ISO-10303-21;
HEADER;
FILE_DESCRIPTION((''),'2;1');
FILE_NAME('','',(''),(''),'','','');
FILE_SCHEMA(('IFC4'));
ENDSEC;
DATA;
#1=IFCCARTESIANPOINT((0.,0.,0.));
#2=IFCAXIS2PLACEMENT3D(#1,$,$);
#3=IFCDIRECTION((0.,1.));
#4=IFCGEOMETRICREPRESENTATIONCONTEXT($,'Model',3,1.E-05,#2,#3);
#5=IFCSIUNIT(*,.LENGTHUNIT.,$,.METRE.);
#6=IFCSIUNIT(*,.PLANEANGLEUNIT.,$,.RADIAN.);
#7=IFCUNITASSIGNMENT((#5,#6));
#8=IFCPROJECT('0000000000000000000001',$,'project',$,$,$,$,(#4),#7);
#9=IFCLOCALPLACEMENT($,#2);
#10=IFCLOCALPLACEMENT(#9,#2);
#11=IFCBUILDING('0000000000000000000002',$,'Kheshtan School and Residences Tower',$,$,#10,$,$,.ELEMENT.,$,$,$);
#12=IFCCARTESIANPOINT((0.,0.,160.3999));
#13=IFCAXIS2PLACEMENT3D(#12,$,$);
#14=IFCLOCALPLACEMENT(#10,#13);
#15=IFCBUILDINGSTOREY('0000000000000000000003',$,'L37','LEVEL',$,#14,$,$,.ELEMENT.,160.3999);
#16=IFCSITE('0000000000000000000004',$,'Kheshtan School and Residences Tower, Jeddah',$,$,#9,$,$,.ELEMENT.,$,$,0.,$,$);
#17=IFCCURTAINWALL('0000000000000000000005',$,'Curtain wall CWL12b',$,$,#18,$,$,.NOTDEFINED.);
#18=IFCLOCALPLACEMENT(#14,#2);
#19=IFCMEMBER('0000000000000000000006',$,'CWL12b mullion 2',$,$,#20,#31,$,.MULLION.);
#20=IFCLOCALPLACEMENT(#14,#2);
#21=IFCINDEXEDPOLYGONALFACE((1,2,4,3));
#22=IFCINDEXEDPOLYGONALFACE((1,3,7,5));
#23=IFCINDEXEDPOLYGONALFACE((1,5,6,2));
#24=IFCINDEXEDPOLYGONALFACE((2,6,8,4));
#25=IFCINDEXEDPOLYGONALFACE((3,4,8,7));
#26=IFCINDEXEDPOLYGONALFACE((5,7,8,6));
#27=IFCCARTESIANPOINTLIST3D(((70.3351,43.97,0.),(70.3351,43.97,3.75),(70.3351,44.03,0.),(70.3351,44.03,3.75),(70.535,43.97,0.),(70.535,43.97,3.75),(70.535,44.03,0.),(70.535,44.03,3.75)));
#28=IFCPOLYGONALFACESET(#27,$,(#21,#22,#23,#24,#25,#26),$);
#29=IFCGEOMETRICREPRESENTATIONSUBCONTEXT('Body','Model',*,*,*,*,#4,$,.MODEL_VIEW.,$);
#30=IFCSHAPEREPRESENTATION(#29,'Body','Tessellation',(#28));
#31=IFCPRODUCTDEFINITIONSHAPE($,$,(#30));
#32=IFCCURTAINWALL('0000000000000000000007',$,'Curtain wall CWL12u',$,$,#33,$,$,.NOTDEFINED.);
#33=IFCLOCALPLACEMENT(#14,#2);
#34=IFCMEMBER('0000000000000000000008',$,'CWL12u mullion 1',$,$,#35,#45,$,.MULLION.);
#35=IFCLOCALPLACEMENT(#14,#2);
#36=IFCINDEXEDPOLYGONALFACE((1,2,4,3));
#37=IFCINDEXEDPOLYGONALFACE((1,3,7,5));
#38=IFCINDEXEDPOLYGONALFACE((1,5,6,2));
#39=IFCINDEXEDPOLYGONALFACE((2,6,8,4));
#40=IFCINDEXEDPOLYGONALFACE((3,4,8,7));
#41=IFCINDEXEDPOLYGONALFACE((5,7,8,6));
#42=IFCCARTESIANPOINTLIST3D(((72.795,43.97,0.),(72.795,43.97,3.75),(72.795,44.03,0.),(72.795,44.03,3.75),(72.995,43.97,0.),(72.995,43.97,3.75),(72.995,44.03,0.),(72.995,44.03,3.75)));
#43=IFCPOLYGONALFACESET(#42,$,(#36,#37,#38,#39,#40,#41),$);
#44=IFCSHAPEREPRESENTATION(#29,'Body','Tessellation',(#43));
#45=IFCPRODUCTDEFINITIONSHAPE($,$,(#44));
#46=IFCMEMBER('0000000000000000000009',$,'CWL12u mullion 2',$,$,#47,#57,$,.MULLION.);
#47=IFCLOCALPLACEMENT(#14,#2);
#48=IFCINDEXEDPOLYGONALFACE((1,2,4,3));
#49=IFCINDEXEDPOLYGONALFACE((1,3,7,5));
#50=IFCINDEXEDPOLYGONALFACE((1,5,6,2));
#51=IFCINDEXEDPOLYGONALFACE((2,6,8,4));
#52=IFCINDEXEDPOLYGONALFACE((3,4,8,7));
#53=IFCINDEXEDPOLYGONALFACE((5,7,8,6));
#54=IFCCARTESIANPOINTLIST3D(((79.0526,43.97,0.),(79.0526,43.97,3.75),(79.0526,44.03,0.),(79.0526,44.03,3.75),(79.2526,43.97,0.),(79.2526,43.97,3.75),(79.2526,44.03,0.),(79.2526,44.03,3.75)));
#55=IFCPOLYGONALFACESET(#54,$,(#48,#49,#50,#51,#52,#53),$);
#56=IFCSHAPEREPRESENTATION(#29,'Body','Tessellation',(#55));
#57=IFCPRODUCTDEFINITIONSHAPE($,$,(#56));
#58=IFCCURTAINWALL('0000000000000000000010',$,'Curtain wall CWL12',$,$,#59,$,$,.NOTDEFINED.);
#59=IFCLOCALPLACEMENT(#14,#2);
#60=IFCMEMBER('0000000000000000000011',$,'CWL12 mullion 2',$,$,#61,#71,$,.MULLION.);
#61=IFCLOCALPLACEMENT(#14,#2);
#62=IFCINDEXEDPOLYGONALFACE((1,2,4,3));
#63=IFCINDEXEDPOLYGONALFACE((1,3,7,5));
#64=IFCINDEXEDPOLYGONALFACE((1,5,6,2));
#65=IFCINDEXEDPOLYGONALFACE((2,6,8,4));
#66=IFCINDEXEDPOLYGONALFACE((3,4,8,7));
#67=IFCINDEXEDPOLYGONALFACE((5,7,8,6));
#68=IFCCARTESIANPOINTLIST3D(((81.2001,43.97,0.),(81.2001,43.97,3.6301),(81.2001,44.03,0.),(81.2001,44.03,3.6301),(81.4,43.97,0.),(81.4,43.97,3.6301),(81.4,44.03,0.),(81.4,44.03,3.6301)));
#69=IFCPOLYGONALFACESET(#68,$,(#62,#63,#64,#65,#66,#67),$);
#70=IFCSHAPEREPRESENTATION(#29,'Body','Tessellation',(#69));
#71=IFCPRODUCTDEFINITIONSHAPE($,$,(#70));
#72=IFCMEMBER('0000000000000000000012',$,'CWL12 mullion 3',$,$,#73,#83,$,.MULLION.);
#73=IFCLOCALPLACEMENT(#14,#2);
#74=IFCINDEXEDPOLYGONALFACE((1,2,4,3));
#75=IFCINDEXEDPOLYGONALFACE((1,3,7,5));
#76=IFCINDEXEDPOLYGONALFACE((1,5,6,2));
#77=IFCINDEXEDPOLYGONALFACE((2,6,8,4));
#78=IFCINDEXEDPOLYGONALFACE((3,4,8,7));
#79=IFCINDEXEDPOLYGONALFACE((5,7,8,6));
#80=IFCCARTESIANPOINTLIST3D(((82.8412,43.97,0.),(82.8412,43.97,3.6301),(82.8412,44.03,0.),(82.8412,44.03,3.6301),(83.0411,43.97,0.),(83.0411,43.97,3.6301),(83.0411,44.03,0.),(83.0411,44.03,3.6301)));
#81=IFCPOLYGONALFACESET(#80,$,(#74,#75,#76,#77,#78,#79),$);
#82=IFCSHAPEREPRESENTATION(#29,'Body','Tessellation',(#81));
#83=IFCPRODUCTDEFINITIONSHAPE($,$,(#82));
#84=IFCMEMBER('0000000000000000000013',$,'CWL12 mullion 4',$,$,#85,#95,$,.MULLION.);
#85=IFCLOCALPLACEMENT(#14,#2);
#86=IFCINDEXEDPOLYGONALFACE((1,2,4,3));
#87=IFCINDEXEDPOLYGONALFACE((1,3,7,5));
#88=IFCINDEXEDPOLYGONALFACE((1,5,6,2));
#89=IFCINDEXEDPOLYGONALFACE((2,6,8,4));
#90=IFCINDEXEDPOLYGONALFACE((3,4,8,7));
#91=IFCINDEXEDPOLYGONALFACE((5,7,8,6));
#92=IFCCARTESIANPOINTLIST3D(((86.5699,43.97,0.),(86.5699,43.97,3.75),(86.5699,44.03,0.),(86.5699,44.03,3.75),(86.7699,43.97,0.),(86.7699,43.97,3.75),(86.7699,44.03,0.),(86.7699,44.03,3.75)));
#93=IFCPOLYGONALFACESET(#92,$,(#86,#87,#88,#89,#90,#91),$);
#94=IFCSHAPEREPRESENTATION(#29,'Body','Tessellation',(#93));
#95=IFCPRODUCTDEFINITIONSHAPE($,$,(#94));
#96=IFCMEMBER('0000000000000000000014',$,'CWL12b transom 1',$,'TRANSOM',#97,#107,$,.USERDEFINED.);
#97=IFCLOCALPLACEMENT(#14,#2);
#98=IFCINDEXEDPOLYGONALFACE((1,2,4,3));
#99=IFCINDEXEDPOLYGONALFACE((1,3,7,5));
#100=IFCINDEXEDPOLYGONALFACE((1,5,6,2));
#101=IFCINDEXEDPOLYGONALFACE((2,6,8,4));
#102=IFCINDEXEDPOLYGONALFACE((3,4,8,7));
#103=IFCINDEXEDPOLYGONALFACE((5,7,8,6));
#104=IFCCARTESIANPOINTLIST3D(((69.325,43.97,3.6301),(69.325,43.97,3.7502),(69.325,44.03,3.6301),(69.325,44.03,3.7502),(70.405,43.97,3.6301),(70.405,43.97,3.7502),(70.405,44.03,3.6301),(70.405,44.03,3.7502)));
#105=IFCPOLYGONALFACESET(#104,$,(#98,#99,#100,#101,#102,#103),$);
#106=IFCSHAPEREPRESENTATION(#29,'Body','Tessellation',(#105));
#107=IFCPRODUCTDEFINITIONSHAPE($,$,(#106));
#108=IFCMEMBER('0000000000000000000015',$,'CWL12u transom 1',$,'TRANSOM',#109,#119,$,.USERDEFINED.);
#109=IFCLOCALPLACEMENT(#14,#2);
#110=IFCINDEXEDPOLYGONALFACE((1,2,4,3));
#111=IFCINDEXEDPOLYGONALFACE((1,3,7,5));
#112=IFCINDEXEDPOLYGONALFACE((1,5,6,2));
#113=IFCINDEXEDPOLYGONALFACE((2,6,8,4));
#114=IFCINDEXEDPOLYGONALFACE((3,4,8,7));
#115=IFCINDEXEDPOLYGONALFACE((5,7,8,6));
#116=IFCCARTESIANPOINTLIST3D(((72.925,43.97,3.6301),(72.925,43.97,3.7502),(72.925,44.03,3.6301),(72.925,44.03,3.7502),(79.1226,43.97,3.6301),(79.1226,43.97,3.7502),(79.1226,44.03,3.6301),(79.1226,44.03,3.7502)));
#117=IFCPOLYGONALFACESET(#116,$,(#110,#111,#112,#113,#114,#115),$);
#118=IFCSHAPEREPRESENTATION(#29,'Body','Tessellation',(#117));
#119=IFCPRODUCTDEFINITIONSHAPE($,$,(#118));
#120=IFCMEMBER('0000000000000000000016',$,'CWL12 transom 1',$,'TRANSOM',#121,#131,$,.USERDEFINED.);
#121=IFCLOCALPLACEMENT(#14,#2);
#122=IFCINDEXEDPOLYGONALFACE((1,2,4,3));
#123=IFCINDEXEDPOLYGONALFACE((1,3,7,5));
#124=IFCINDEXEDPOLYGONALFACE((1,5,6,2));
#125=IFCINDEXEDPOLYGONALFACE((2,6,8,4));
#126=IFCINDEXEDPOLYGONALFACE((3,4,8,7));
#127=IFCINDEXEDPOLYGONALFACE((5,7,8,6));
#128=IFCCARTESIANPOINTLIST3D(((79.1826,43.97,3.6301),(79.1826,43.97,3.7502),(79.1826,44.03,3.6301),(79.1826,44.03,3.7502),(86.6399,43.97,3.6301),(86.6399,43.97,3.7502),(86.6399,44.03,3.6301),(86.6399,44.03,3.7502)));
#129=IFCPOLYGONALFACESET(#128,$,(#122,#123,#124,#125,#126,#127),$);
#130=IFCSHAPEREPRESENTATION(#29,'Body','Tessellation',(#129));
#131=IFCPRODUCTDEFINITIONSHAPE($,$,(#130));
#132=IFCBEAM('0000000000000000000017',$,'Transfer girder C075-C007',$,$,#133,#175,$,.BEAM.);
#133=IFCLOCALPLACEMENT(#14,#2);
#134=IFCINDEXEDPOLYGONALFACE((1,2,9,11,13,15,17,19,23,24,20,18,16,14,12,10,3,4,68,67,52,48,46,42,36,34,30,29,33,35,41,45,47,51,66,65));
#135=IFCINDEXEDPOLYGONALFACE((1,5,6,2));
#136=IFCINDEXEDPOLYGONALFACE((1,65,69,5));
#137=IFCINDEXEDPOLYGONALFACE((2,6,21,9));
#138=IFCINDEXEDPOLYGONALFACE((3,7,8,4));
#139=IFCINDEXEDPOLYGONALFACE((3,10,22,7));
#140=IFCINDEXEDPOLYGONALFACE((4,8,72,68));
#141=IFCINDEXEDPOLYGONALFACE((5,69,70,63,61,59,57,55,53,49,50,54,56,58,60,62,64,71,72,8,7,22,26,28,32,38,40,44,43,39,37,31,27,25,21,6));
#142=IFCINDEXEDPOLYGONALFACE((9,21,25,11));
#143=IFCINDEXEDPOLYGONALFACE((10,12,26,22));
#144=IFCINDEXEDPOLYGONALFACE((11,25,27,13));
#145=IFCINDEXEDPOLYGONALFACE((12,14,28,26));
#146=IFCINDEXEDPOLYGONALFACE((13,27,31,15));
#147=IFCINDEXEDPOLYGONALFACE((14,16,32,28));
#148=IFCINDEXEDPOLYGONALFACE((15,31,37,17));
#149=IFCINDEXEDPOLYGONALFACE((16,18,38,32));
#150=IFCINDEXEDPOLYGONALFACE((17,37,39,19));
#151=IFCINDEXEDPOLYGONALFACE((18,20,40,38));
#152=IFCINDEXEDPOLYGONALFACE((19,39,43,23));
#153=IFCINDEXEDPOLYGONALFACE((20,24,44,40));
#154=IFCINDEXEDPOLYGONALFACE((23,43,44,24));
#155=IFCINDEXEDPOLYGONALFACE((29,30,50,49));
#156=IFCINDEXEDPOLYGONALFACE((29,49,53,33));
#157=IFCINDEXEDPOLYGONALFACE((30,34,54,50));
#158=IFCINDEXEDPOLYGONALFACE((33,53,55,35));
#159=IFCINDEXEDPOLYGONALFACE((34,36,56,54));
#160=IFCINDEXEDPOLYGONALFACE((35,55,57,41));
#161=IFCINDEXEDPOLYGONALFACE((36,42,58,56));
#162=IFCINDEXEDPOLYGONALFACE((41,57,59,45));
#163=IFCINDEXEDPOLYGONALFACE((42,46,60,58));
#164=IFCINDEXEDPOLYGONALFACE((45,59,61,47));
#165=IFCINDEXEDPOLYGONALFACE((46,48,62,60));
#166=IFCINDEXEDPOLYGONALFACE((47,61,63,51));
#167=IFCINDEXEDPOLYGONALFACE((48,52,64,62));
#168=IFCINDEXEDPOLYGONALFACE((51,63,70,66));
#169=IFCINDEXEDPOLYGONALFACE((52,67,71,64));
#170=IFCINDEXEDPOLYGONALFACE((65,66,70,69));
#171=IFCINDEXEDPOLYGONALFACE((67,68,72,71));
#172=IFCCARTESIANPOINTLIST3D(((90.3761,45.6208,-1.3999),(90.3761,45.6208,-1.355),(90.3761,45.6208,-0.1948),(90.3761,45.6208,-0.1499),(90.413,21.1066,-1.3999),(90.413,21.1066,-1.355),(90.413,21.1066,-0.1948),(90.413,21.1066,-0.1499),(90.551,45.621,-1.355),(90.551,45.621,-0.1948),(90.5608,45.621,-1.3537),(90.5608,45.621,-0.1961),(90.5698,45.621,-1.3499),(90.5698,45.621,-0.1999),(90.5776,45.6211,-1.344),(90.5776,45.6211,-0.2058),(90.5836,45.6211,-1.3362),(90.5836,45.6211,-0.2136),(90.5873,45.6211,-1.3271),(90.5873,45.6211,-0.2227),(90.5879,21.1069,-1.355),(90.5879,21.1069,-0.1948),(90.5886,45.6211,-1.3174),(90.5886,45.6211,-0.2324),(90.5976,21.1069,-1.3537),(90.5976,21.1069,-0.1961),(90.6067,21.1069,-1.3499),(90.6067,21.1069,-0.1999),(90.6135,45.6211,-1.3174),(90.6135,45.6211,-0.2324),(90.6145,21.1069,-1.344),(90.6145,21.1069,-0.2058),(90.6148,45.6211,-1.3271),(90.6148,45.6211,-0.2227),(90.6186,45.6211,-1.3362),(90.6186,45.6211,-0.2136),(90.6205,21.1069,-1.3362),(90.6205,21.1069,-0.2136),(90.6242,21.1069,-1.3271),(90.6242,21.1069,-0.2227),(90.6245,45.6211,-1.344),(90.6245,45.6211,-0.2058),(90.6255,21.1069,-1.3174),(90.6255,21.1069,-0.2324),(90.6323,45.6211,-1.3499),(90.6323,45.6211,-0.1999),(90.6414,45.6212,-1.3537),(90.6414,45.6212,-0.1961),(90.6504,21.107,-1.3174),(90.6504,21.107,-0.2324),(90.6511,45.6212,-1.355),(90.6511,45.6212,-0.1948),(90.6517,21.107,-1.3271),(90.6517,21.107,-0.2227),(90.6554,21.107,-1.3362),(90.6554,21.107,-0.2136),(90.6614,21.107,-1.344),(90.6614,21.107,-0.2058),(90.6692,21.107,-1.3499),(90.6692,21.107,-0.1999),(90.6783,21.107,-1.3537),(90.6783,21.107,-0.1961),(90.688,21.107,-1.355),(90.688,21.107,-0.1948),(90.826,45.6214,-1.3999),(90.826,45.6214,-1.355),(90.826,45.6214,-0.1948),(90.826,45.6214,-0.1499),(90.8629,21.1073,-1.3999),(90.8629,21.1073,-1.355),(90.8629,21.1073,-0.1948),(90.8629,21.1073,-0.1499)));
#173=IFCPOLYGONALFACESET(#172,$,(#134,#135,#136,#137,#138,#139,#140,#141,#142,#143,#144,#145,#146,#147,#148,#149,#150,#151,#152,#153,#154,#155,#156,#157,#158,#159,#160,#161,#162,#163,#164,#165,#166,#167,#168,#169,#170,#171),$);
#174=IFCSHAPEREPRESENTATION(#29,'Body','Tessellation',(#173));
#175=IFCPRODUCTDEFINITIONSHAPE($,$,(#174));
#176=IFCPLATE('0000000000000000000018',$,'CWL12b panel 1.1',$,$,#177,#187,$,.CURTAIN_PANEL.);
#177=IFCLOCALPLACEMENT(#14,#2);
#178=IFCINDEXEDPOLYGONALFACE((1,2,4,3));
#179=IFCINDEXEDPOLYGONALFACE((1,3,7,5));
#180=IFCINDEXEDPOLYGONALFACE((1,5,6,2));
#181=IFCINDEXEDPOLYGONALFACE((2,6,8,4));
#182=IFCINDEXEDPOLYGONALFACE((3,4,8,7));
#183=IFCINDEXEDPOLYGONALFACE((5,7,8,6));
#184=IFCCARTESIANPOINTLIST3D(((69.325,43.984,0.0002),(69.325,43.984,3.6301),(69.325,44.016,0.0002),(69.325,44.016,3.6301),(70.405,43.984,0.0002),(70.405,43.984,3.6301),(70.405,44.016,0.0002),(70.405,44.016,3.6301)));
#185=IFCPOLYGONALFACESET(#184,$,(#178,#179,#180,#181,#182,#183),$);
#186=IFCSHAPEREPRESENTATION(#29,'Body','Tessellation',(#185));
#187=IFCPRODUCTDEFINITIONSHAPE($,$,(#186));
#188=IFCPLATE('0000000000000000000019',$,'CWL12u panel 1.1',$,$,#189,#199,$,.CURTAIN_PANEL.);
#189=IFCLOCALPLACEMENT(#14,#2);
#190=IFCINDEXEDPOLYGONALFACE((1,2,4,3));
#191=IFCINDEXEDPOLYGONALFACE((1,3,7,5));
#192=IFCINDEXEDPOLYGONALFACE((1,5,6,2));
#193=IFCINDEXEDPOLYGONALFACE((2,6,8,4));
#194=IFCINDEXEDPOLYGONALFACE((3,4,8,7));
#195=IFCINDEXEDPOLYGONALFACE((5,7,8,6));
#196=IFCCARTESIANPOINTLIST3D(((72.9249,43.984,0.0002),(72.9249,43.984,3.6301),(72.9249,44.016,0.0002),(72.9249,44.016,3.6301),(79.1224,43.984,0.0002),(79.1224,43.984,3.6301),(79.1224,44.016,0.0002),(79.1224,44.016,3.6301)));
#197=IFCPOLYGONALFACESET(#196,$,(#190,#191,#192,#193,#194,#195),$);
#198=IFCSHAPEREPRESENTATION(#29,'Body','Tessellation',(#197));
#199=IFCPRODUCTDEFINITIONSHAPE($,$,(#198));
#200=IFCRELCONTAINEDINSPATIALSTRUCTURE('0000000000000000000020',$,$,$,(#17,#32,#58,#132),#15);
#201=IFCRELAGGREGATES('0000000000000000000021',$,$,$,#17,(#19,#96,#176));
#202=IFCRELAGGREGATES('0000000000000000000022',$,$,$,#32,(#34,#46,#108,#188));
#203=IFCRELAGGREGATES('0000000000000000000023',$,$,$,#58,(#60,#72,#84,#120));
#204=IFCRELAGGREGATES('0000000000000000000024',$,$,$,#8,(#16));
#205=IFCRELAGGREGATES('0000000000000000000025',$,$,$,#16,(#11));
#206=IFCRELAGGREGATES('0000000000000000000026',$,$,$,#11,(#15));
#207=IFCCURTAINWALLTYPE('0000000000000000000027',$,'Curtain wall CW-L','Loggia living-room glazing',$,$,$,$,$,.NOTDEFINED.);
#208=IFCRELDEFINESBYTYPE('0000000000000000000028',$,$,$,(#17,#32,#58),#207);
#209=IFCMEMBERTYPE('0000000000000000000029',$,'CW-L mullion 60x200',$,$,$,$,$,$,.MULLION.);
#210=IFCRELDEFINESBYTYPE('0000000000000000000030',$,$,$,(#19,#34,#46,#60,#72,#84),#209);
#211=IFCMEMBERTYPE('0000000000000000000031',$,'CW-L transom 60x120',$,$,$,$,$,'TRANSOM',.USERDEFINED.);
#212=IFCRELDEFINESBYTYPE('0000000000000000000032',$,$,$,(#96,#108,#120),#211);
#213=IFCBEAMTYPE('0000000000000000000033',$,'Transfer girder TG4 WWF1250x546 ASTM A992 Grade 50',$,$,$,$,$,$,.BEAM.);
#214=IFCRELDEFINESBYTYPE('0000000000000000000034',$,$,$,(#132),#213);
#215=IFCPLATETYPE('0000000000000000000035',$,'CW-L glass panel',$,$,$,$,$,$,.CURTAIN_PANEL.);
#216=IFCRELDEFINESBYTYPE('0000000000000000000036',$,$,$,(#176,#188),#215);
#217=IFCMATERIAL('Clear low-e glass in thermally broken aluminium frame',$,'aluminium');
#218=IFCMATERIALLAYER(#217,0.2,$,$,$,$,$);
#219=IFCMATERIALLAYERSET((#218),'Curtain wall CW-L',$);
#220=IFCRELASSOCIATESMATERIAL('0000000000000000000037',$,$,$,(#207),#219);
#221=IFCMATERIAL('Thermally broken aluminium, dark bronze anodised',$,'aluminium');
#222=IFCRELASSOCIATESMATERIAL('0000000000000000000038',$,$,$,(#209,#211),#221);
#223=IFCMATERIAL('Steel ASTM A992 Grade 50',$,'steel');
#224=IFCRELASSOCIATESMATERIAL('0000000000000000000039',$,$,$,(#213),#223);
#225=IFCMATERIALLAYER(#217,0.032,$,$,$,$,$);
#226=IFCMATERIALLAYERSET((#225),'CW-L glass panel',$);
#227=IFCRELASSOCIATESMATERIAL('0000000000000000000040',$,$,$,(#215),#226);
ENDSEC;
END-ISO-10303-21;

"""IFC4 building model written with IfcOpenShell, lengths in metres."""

from ifc_helpers import new_model, si_unit, direction, frame, origin, origin_2d, place, context, subcontext, project, spatial, rectangle, i_section, extrude, material, layer, layer_set, material_profile, profile_set, type_object, element, aggregate, save


model = new_model("IFC4")

# Units and contexts
model_context = context("Model", 3, precision=1e-05, world=origin(), true_north=direction((0.0, 1.0)))
body_context = subcontext(model_context, "Body", "Model", "MODEL_VIEW")
ifc_project = project(units=[si_unit("LENGTHUNIT", "METRE"), si_unit("PLANEANGLEUNIT", "RADIAN")], contexts=[model_context])

# Site, building, storey
site_placement = place(None, origin())
site = spatial("IfcSite", under=ifc_project, at=site_placement, Name="Kheshtan School and Residences Tower, Jeddah", CompositionType="ELEMENT", RefElevation=0.0)
building_placement = place(site_placement, origin())
building = spatial("IfcBuilding", under=site, at=building_placement, Name="Kheshtan School and Residences Tower", CompositionType="ELEMENT")
storey_placement = place(building_placement, frame((0.0, 0.0, 160.3999)))
storey = spatial("IfcBuildingStorey", under=building, at=storey_placement, Name="L37", Description="LEVEL", CompositionType="ELEMENT", Elevation=160.3999)

# Shared definitions
ifc_material_1 = material(Name="Steel ASTM A992 Grade 50", Category="steel")

# Curtain wall, member
ifc_material_2 = material(Name="Clear low-e glass in thermally broken aluminium frame", Category="aluminium")
ifc_layer_1 = layer(ifc_material_2, 0.2)
ifc_layer_set_1 = layer_set([ifc_layer_1], Name="Curtain wall CW-L")
curtain_wall_type = type_object("IfcCurtainWallType", Name="Curtain wall CW-L", Description="Loggia living-room glazing", PredefinedType="NOTDEFINED", material=ifc_layer_set_1)
curtain_wall_1_placement = place(storey_placement, origin())
curtain_wall_1 = element("IfcCurtainWall", 1, at=curtain_wall_1_placement, inside=storey, type_object=curtain_wall_type, Name="Curtain wall CWL12b", PredefinedType="NOTDEFINED")
ifc_material_3 = material(Name="Thermally broken aluminium, dark bronze anodised", Category="aluminium")
ifc_material_profile_1 = material_profile(ifc_material_3, rectangle(XDim=0.0601, YDim=0.2, at=origin_2d()), Name="CW-L mullion 60x200")
ifc_profile_set_1 = profile_set([ifc_material_profile_1], Name="Thermally broken aluminium, dark bronze anodised")
member_type_1 = type_object("IfcMemberType", Name="CW-L mullion 60x200", PredefinedType="MULLION", material=ifc_profile_set_1)
member_1_placement = place(storey_placement, frame((70.4351, 44.0, 0.0), z_axis=(0.0, 0.0, 1.0), x_axis=(0.0, 1.0, 0.0)))
member_1 = element("IfcMember", 2, at=member_1_placement, type_object=member_type_1, Name="CWL12b mullion 2", PredefinedType="MULLION", context=body_context, shape_type="SweptSolid", body=[
    extrude(rectangle(XDim=0.0601, YDim=0.2, at=origin_2d()), origin(), (0.0, 0.0, 1.0), 3.75),
])

# Curtain walls, members
curtain_wall_2_placement = place(storey_placement, origin())
curtain_wall_2 = element("IfcCurtainWall", 3, at=curtain_wall_2_placement, inside=storey, type_object=curtain_wall_type, Name="Curtain wall CWL12u", PredefinedType="NOTDEFINED")
member_2_placement = place(storey_placement, frame((72.895, 44.0, 0.0), z_axis=(0.0, 0.0, 1.0), x_axis=(0.0, 1.0, 0.0)))
member_2 = element("IfcMember", 4, at=member_2_placement, type_object=member_type_1, Name="CWL12u mullion 1", PredefinedType="MULLION", context=body_context, shape_type="SweptSolid", body=[
    extrude(rectangle(XDim=0.0601, YDim=0.2, at=origin_2d()), origin(), (0.0, 0.0, 1.0), 3.75),
])
member_3_placement = place(storey_placement, frame((79.1526, 44.0, 0.0), z_axis=(0.0, 0.0, 1.0), x_axis=(0.0, 1.0, 0.0)))
member_3 = element("IfcMember", 5, at=member_3_placement, type_object=member_type_1, Name="CWL12u mullion 2", PredefinedType="MULLION", context=body_context, shape_type="SweptSolid", body=[
    extrude(rectangle(XDim=0.0601, YDim=0.2, at=origin_2d()), origin(), (0.0, 0.0, 1.0), 3.75),
])
curtain_wall_3_placement = place(storey_placement, origin())
curtain_wall_3 = element("IfcCurtainWall", 6, at=curtain_wall_3_placement, inside=storey, type_object=curtain_wall_type, Name="Curtain wall CWL12", PredefinedType="NOTDEFINED")
member_4_placement = place(storey_placement, frame((81.3, 44.0, 0.0), z_axis=(0.0, 0.0, 1.0), x_axis=(0.0, 1.0, 0.0)))
member_4 = element("IfcMember", 7, at=member_4_placement, type_object=member_type_1, Name="CWL12 mullion 2", PredefinedType="MULLION", context=body_context, shape_type="SweptSolid", body=[
    extrude(rectangle(XDim=0.0601, YDim=0.2, at=origin_2d()), origin(), (0.0, 0.0, 1.0), 3.6301),
])
member_5_placement = place(storey_placement, frame((82.9412, 44.0, 0.0), z_axis=(0.0, 0.0, 1.0), x_axis=(0.0, 1.0, 0.0)))
member_5 = element("IfcMember", 8, at=member_5_placement, type_object=member_type_1, Name="CWL12 mullion 3", PredefinedType="MULLION", context=body_context, shape_type="SweptSolid", body=[
    extrude(rectangle(XDim=0.0601, YDim=0.2, at=origin_2d()), origin(), (0.0, 0.0, 1.0), 3.6301),
])
member_6_placement = place(storey_placement, frame((86.6699, 44.0, 0.0), z_axis=(0.0, 0.0, 1.0), x_axis=(0.0, 1.0, 0.0)))
member_6 = element("IfcMember", 9, at=member_6_placement, type_object=member_type_1, Name="CWL12 mullion 4", PredefinedType="MULLION", context=body_context, shape_type="SweptSolid", body=[
    extrude(rectangle(XDim=0.0601, YDim=0.2, at=origin_2d()), origin(), (0.0, 0.0, 1.0), 3.75),
])

# Members
ifc_material_profile_2 = material_profile(ifc_material_3, rectangle(XDim=0.0601, YDim=0.1201, at=origin_2d()), Name="CW-L transom 60x120")
ifc_profile_set_2 = profile_set([ifc_material_profile_2], Name="Thermally broken aluminium, dark bronze anodised")
member_type_2 = type_object("IfcMemberType", Name="CW-L transom 60x120", ElementType="TRANSOM", PredefinedType="USERDEFINED", material=ifc_profile_set_2)
member_7_placement = place(storey_placement, frame((69.325, 44.0, 3.6902), z_axis=(1.0, 0.0, 0.0), x_axis=(0.0, 1.0, 0.0)))
member_7 = element("IfcMember", 10, at=member_7_placement, type_object=member_type_2, Name="CWL12b transom 1", ObjectType="TRANSOM", PredefinedType="USERDEFINED", context=body_context, shape_type="SweptSolid", body=[
    extrude(rectangle(XDim=0.0601, YDim=0.1201, at=origin_2d()), origin(), (0.0, 0.0, 1.0), 1.0801),
])
member_8_placement = place(storey_placement, frame((72.925, 44.0, 3.6902), z_axis=(1.0, 0.0, 0.0), x_axis=(0.0, 1.0, 0.0)))
member_8 = element("IfcMember", 11, at=member_8_placement, type_object=member_type_2, Name="CWL12u transom 1", ObjectType="TRANSOM", PredefinedType="USERDEFINED", context=body_context, shape_type="SweptSolid", body=[
    extrude(rectangle(XDim=0.0601, YDim=0.1201, at=origin_2d()), origin(), (0.0, 0.0, 1.0), 6.1975),
])
member_9_placement = place(storey_placement, frame((79.1826, 44.0, 3.6902), z_axis=(1.0, 0.0, 0.0), x_axis=(0.0, 1.0, 0.0)))
member_9 = element("IfcMember", 12, at=member_9_placement, type_object=member_type_2, Name="CWL12 transom 1", ObjectType="TRANSOM", PredefinedType="USERDEFINED", context=body_context, shape_type="SweptSolid", body=[
    extrude(rectangle(XDim=0.0601, YDim=0.1201, at=origin_2d()), origin(), (0.0, 0.0, 1.0), 7.4573),
])

# Beam
ifc_material_profile_3 = material_profile(ifc_material_1, i_section(OverallWidth=0.45, OverallDepth=1.25, WebThickness=0.0249, FlangeThickness=0.0449, FilletRadius=0.0376, at=origin_2d()), Name="WWF1250x546")
ifc_profile_set_3 = profile_set([ifc_material_profile_3], Name="Steel ASTM A992 Grade 50")
beam_type_1 = type_object("IfcBeamType", Name="Transfer girder TG4 WWF1250x546 ASTM A992 Grade 50", PredefinedType="BEAM", material=ifc_profile_set_3)
beam_1_placement = place(storey_placement, frame((90.6011, 45.6211, -0.7749), z_axis=(0.001504, -0.999999, 0.0), x_axis=(0.999999, 0.001504, 0.0)))
element("IfcBeam", 13, at=beam_1_placement, inside=storey, type_object=beam_type_1, Name="Transfer girder C075-C007", PredefinedType="BEAM", context=body_context, shape_type="SweptSolid", body=[
    extrude(i_section(OverallWidth=0.45, OverallDepth=1.25, WebThickness=0.0249, FlangeThickness=0.0449, FilletRadius=0.0376, at=origin_2d()), origin(), (0.0, 0.0, 1.0), 24.5142),
])

# Plates
ifc_layer_2 = layer(ifc_material_2, 0.032)
ifc_layer_set_2 = layer_set([ifc_layer_2], Name="CW-L glass panel")
plate_type = type_object("IfcPlateType", Name="CW-L glass panel", PredefinedType="CURTAIN_PANEL", material=ifc_layer_set_2)
plate_1_placement = place(storey_placement, frame((69.865, 44.0, 0.0002), z_axis=(0.0, 0.0, 1.0), x_axis=(1.0, 0.0, 0.0)))
plate_1 = element("IfcPlate", 14, at=plate_1_placement, type_object=plate_type, Name="CWL12b panel 1.1", PredefinedType="CURTAIN_PANEL", context=body_context, shape_type="SweptSolid", body=[
    extrude(rectangle(XDim=1.0801, YDim=0.032, at=origin_2d()), origin(), (0.0, 0.0, 1.0), 3.6299),
])
aggregate(curtain_wall_1, [member_1, member_7, plate_1])
plate_2_placement = place(storey_placement, frame((76.0237, 44.0, 0.0002), z_axis=(0.0, 0.0, 1.0), x_axis=(1.0, 0.0, 0.0)))
plate_2 = element("IfcPlate", 15, at=plate_2_placement, type_object=plate_type, Name="CWL12u panel 1.1", PredefinedType="CURTAIN_PANEL", context=body_context, shape_type="SweptSolid", body=[
    extrude(rectangle(XDim=6.1975, YDim=0.032, at=origin_2d()), origin(), (0.0, 0.0, 1.0), 3.6299),
])
aggregate(curtain_wall_2, [member_2, member_3, member_8, plate_2])
aggregate(curtain_wall_3, [member_4, member_5, member_6, member_9])

save(model, "model.ifc")
